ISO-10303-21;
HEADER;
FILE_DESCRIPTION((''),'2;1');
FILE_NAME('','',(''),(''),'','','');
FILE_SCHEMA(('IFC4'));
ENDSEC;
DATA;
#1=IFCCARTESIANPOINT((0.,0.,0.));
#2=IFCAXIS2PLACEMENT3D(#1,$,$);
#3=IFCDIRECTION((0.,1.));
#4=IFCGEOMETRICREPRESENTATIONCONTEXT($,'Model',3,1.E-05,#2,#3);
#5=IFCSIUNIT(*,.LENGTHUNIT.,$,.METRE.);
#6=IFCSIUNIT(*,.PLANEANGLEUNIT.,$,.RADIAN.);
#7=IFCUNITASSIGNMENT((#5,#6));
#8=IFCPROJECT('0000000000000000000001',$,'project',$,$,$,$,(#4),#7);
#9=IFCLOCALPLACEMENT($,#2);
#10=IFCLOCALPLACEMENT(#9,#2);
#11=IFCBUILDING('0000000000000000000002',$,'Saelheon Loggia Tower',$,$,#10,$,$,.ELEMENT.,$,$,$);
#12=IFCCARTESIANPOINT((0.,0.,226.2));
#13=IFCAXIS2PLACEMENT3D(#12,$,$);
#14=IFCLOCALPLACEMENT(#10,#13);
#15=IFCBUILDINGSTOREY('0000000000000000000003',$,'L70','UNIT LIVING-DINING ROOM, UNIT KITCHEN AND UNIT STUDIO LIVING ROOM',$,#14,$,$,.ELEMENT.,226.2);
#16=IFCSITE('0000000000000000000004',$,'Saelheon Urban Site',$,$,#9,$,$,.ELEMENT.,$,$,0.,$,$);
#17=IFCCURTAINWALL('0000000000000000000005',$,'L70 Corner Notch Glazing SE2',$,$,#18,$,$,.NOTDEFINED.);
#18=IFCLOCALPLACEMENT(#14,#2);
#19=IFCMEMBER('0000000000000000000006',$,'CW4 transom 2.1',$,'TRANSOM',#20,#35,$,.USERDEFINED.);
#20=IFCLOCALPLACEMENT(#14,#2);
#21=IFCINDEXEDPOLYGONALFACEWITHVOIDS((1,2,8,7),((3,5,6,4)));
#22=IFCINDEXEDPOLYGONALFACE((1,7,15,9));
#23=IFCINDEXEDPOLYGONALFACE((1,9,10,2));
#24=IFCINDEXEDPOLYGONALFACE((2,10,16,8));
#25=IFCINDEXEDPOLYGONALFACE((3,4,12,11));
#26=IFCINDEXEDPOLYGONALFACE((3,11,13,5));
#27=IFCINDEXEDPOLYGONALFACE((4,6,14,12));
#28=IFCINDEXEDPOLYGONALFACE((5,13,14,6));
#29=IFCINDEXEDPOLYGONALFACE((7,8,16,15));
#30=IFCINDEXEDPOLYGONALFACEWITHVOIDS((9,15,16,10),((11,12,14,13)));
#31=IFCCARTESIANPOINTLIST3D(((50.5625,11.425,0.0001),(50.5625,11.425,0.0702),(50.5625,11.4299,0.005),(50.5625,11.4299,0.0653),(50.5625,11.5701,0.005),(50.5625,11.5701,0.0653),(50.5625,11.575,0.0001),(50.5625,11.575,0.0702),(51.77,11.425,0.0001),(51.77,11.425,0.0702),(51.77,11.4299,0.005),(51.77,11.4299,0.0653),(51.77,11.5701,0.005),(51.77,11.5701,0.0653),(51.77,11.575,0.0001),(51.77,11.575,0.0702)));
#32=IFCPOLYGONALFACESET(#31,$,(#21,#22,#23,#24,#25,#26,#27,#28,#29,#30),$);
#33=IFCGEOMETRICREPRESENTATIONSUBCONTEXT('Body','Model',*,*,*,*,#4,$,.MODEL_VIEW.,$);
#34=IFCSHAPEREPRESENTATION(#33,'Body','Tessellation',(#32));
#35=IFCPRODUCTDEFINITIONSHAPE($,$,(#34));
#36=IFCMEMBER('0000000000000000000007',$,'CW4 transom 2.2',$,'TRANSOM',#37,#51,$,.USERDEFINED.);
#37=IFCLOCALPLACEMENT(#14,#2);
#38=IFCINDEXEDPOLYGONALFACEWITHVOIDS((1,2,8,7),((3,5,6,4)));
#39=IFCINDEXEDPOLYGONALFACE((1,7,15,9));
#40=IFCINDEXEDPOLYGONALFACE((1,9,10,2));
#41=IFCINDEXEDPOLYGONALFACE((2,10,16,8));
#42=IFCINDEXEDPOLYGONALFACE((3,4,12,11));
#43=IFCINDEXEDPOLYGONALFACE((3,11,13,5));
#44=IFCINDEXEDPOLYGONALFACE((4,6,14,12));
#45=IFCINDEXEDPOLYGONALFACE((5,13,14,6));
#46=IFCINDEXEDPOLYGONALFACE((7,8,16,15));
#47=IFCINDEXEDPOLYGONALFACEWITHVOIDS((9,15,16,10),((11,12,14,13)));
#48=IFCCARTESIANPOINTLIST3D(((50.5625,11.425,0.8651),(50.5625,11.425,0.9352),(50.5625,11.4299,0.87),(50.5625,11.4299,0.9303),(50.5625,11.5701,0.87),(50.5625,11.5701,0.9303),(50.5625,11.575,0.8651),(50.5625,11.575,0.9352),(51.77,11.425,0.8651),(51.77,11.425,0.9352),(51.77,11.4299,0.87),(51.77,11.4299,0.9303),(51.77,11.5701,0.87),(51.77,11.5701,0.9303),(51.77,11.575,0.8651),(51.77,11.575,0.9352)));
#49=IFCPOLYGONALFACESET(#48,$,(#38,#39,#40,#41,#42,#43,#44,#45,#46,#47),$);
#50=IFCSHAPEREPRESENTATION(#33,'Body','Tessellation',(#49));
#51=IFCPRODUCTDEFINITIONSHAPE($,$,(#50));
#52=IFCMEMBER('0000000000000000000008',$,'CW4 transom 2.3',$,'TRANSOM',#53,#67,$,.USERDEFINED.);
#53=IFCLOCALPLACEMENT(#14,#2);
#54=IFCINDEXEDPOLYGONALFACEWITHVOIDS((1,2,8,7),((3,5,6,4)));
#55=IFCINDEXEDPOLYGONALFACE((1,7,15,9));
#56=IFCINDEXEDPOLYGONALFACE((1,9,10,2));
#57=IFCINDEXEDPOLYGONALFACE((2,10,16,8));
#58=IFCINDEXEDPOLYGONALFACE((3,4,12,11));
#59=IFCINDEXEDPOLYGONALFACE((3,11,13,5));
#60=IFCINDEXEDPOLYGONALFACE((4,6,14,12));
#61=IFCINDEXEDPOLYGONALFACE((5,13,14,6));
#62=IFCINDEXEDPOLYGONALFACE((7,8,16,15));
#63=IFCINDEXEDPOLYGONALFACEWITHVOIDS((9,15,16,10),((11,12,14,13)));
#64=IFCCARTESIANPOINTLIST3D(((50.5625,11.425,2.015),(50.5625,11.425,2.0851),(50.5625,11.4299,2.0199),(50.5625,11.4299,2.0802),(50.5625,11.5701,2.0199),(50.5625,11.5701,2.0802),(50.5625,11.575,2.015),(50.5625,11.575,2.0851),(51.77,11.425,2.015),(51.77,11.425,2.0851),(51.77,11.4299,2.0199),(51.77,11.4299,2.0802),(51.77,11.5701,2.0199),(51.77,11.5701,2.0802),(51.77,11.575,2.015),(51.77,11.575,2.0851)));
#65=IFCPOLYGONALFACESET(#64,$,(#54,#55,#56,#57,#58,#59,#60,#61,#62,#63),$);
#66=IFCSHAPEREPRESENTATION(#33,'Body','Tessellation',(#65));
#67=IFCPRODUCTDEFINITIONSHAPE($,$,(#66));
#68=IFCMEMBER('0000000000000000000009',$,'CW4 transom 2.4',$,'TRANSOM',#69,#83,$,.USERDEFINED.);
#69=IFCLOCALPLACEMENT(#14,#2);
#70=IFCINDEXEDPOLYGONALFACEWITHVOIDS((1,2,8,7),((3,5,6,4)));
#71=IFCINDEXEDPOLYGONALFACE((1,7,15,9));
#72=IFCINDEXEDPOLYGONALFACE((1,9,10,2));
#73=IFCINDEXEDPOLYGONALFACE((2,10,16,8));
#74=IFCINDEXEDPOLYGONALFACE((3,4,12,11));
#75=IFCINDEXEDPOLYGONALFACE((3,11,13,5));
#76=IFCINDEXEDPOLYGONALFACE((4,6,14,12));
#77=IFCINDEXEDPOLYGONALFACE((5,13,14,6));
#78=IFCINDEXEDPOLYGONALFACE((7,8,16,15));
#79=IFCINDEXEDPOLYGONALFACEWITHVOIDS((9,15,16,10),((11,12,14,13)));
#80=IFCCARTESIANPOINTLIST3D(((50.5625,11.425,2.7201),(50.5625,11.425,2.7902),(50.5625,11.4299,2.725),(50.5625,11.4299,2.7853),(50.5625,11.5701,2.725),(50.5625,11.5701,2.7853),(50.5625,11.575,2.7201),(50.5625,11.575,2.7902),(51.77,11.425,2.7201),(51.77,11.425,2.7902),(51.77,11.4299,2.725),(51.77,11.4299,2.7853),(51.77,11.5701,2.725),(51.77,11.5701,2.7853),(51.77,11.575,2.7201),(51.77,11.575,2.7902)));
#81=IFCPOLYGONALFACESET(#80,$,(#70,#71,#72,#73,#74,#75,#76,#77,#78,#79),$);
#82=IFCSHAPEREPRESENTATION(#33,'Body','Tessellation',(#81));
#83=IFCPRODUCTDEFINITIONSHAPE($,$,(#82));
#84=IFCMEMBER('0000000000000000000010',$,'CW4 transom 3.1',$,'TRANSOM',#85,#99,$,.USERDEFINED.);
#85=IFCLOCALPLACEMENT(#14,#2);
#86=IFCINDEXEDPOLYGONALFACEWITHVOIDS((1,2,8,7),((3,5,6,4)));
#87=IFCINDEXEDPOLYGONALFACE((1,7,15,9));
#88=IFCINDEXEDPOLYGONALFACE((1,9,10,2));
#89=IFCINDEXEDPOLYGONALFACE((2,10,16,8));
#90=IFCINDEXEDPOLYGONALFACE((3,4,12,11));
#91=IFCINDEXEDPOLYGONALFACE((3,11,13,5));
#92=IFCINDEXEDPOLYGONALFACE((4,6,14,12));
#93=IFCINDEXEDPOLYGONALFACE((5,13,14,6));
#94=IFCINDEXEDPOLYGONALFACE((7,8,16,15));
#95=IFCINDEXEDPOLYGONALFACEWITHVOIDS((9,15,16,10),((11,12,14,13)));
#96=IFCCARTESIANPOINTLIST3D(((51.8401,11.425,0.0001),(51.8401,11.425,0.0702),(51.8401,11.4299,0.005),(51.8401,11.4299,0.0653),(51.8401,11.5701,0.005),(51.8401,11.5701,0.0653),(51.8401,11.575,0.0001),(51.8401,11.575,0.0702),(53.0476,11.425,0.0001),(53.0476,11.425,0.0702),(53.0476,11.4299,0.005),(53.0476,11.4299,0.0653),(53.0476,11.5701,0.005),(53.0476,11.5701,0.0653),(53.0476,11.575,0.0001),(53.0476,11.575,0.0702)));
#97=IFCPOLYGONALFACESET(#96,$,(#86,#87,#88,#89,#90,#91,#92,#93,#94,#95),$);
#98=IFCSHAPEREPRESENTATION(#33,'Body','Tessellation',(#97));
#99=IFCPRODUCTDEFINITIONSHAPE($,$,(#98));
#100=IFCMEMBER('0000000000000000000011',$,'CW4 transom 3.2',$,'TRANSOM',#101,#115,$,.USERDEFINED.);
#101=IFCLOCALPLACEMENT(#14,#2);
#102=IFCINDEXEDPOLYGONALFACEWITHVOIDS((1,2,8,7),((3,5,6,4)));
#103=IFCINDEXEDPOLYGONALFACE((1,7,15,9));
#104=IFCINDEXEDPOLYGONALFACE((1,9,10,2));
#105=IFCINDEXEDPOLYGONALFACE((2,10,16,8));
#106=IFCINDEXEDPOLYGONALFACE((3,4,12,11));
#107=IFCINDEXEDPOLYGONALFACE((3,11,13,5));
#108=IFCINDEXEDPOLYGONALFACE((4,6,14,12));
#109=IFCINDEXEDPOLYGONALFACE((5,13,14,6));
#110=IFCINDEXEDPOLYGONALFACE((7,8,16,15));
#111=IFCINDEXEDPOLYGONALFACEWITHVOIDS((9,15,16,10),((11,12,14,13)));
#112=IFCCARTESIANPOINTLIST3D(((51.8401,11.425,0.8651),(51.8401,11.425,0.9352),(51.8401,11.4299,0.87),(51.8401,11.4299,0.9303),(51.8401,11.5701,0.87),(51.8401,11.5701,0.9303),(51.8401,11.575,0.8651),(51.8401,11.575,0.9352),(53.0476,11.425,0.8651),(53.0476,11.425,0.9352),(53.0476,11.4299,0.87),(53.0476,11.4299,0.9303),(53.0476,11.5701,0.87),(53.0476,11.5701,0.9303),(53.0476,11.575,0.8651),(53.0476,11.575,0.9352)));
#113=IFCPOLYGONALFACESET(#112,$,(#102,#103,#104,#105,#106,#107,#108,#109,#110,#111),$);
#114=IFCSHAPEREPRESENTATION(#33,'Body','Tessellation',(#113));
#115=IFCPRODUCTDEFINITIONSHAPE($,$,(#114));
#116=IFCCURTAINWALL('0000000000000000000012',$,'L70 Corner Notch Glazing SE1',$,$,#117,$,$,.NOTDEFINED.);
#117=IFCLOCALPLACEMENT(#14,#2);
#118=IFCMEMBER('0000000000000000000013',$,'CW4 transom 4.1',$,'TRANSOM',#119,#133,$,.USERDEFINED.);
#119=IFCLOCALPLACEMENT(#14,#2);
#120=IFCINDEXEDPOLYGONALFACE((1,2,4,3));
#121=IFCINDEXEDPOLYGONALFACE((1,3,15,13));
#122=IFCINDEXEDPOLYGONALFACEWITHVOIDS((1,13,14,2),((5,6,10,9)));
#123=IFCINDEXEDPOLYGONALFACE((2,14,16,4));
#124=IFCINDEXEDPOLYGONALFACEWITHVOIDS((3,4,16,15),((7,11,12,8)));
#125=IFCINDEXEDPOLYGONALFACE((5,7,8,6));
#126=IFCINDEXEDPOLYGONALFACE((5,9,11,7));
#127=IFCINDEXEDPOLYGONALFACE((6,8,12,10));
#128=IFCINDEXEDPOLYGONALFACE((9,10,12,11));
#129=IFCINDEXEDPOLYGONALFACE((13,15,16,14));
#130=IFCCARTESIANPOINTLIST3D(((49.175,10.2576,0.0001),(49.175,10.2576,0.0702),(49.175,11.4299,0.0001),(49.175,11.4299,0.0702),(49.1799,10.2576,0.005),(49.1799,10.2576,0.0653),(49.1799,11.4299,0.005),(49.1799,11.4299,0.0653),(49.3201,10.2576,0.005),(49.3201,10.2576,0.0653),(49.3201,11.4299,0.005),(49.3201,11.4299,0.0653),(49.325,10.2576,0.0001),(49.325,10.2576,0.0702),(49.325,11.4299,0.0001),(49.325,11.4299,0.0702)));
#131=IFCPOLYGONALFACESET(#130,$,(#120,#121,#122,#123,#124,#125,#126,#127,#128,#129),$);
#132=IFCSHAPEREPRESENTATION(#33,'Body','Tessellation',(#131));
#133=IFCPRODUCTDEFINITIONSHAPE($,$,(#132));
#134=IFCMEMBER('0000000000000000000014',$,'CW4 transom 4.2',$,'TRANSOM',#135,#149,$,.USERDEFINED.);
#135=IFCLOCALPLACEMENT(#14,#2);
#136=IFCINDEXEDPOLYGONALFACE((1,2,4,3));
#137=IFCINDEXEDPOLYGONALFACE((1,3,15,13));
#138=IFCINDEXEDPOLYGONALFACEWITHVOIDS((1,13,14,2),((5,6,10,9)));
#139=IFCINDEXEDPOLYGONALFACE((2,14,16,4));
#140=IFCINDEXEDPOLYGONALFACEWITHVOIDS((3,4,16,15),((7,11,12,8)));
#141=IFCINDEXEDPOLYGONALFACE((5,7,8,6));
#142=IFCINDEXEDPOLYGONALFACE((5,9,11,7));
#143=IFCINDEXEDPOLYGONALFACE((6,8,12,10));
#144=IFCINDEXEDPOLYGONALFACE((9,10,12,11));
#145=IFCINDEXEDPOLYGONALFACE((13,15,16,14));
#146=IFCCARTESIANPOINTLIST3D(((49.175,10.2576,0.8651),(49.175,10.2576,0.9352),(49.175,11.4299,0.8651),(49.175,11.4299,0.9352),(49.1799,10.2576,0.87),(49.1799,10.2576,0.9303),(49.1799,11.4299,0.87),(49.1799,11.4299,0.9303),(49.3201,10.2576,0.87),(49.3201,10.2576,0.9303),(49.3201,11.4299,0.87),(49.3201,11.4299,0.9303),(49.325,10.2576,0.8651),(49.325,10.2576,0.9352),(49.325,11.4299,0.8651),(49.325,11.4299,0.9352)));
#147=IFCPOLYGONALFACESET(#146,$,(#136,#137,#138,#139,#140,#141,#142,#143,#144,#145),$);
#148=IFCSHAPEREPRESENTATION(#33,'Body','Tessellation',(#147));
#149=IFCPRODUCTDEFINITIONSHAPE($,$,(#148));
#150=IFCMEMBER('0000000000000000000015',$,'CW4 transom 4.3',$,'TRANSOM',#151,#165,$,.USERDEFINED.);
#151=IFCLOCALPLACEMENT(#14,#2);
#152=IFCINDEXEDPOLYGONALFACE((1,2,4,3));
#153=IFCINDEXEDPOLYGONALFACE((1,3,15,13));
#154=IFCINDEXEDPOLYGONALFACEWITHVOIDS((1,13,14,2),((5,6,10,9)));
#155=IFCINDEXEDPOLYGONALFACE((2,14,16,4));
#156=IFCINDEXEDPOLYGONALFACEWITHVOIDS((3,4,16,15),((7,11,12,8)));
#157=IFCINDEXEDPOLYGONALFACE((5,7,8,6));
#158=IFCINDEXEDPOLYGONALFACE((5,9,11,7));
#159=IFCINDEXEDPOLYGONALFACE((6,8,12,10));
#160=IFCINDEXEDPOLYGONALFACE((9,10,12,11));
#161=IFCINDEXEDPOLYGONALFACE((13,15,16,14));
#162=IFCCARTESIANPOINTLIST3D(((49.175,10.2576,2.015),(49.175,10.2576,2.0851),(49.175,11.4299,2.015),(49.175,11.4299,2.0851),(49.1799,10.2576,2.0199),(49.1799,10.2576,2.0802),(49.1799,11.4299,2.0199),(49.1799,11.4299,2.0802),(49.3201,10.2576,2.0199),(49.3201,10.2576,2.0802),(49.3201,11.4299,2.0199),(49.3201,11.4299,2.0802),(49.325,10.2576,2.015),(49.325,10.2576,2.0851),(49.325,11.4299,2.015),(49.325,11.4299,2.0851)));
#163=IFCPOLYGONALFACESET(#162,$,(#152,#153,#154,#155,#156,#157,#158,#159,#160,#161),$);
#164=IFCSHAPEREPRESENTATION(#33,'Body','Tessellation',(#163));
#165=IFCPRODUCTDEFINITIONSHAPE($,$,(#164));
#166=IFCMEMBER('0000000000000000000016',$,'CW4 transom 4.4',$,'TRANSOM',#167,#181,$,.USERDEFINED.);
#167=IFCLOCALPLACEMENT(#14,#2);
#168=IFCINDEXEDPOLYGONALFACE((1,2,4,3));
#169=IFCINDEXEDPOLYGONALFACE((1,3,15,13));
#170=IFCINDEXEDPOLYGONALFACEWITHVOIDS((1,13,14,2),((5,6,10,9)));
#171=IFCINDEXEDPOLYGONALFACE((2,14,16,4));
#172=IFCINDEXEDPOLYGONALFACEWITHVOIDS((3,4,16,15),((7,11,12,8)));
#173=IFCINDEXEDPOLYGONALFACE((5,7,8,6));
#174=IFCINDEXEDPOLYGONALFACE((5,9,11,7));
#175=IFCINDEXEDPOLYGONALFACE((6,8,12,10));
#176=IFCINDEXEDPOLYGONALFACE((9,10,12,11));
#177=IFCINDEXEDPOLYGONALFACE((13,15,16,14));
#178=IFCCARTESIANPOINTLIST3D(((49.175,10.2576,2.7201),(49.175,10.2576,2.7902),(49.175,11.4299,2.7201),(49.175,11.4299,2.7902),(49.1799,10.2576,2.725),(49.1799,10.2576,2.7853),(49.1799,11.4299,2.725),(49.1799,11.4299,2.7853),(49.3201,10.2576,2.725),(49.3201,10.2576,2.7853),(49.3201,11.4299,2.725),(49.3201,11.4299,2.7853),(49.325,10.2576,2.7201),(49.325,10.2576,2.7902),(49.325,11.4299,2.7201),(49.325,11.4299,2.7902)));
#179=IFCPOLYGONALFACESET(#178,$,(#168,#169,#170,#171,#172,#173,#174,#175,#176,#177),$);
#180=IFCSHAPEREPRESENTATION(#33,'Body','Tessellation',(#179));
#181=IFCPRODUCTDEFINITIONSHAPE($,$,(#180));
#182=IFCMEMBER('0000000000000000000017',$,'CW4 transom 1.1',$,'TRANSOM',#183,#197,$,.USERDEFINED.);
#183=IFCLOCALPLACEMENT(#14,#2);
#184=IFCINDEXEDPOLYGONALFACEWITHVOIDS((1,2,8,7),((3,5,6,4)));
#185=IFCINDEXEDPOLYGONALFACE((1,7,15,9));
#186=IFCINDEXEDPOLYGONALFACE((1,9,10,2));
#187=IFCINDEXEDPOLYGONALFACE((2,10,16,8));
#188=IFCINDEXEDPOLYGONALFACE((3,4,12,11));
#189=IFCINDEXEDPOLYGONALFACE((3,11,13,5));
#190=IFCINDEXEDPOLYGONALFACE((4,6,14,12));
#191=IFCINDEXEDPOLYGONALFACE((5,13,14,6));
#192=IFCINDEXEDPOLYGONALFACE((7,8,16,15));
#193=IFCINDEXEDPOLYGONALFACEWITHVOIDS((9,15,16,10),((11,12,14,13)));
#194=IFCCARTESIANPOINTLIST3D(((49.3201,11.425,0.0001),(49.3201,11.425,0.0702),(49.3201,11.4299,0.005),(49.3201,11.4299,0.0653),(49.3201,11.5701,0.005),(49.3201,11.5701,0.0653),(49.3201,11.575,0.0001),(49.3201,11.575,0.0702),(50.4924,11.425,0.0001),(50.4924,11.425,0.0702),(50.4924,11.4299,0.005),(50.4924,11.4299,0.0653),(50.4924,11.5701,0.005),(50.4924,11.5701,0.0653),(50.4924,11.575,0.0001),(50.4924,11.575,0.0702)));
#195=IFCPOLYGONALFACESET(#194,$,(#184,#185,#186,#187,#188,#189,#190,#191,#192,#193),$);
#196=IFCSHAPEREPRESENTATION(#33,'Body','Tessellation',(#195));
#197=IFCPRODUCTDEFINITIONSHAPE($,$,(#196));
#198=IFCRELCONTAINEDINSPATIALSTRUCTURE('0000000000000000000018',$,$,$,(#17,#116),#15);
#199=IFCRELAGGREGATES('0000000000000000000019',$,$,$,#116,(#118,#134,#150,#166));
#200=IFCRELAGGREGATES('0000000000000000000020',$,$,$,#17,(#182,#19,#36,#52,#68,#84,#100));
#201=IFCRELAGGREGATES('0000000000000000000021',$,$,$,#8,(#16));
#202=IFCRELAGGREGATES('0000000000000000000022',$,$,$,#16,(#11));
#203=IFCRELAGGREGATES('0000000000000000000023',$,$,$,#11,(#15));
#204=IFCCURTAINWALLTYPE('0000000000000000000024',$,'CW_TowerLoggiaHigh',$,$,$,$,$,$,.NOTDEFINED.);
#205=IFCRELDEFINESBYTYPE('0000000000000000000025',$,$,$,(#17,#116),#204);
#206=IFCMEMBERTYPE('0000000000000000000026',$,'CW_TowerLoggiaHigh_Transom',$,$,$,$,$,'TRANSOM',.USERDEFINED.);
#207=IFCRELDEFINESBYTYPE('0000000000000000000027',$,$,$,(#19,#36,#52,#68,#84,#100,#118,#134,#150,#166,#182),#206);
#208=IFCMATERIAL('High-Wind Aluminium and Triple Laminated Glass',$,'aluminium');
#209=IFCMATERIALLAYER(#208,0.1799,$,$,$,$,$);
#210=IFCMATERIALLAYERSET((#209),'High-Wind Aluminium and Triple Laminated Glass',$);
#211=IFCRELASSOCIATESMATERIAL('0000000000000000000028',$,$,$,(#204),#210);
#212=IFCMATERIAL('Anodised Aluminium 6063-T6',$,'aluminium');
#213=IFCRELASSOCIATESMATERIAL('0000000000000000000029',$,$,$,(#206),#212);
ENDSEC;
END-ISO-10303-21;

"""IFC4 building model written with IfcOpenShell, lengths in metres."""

from ifc_helpers import new_model, si_unit, direction, frame, origin, origin_2d, place, context, subcontext, project, spatial, hollow_rectangle, extrude, source, transform, mapped, material, layer, layer_set, material_profile, profile_set, type_object, element, aggregate, save


model = new_model("IFC4")

# Units and contexts
model_context = context("Model", 3, precision=1e-05, world=origin(), true_north=direction((0.0, 1.0)))
body_context = subcontext(model_context, "Body", "Model", "MODEL_VIEW")
ifc_project = project(units=[si_unit("LENGTHUNIT", "METRE"), si_unit("PLANEANGLEUNIT", "RADIAN")], contexts=[model_context])

# Site, building, storey
site_placement = place(None, origin())
site = spatial("IfcSite", under=ifc_project, at=site_placement, Name="Saelheon Urban Site", CompositionType="ELEMENT", RefElevation=0.0)
building_placement = place(site_placement, origin())
building = spatial("IfcBuilding", under=site, at=building_placement, Name="Saelheon Loggia Tower", CompositionType="ELEMENT")
storey_placement = place(building_placement, frame((0.0, 0.0, 226.2)))
storey = spatial("IfcBuildingStorey", under=building, at=storey_placement, Name="L70", Description="UNIT LIVING-DINING ROOM, UNIT KITCHEN AND UNIT STUDIO LIVING ROOM", CompositionType="ELEMENT", Elevation=226.2)

# Curtain walls, members
ifc_material_1 = material(Name="High-Wind Aluminium and Triple Laminated Glass", Category="aluminium")
ifc_layer_1 = layer(ifc_material_1, 0.1799)
ifc_layer_set_1 = layer_set([ifc_layer_1], Name="High-Wind Aluminium and Triple Laminated Glass")
curtain_wall_type = type_object("IfcCurtainWallType", Name="CW_TowerLoggiaHigh", PredefinedType="NOTDEFINED", material=ifc_layer_set_1)
curtain_wall_1_placement = place(storey_placement, origin())
curtain_wall_1 = element("IfcCurtainWall", 1, at=curtain_wall_1_placement, inside=storey, type_object=curtain_wall_type, Name="L70 Corner Notch Glazing SE2", PredefinedType="NOTDEFINED")
ifc_material_2 = material(Name="Anodised Aluminium 6063-T6", Category="aluminium")
ifc_material_profile_1 = material_profile(ifc_material_2, hollow_rectangle(XDim=0.0701, YDim=0.1499, WallThickness=0.0049, at=origin_2d()), Name="RHS-150x70x5")
ifc_profile_set_1 = profile_set([ifc_material_profile_1], Name="Anodised Aluminium 6063-T6")
member_type_1 = type_object("IfcMemberType", Name="CW_TowerLoggiaHigh_Transom", ElementType="TRANSOM", PredefinedType="USERDEFINED", material=ifc_profile_set_1)
shared_shape_1 = source(origin(), body_context, "Body", "SweptSolid", [
    extrude(hollow_rectangle(XDim=0.0701, YDim=0.1499, WallThickness=0.0049, at=origin_2d()), origin(), (0.0, 0.0, 1.0), 1.2075),
])
member_1_placement = place(storey_placement, frame((50.5625, 11.5, 0.0352), z_axis=(1.0, 0.0, 0.0), x_axis=(0.0, 0.0, 1.0)))
member_1 = element("IfcMember", 2, at=member_1_placement, type_object=member_type_1, Name="CW4 transom 2.1", ObjectType="TRANSOM", PredefinedType="USERDEFINED", context=body_context, shape_type="MappedRepresentation", body=[
    mapped(shared_shape_1, transform((0.0, 0.0, 0.0), scale=1.0)),
])
member_2_placement = place(storey_placement, frame((50.5625, 11.5, 0.9001), z_axis=(1.0, 0.0, 0.0), x_axis=(0.0, 0.0, 1.0)))
member_2 = element("IfcMember", 3, at=member_2_placement, type_object=member_type_1, Name="CW4 transom 2.2", ObjectType="TRANSOM", PredefinedType="USERDEFINED", context=body_context, shape_type="MappedRepresentation", body=[
    mapped(shared_shape_1, transform((0.0, 0.0, 0.0), scale=1.0)),
])
member_3_placement = place(storey_placement, frame((50.5625, 11.5, 2.05), z_axis=(1.0, 0.0, 0.0), x_axis=(0.0, 0.0, 1.0)))
member_3 = element("IfcMember", 4, at=member_3_placement, type_object=member_type_1, Name="CW4 transom 2.3", ObjectType="TRANSOM", PredefinedType="USERDEFINED", context=body_context, shape_type="MappedRepresentation", body=[
    mapped(shared_shape_1, transform((0.0, 0.0, 0.0), scale=1.0)),
])
member_4_placement = place(storey_placement, frame((50.5625, 11.5, 2.7551), z_axis=(1.0, 0.0, 0.0), x_axis=(0.0, 0.0, 1.0)))
member_4 = element("IfcMember", 5, at=member_4_placement, type_object=member_type_1, Name="CW4 transom 2.4", ObjectType="TRANSOM", PredefinedType="USERDEFINED", context=body_context, shape_type="MappedRepresentation", body=[
    mapped(shared_shape_1, transform((0.0, 0.0, 0.0), scale=1.0)),
])
member_5_placement = place(storey_placement, frame((51.8401, 11.5, 0.0352), z_axis=(1.0, 0.0, 0.0), x_axis=(0.0, 0.0, 1.0)))
member_5 = element("IfcMember", 6, at=member_5_placement, type_object=member_type_1, Name="CW4 transom 3.1", ObjectType="TRANSOM", PredefinedType="USERDEFINED", context=body_context, shape_type="MappedRepresentation", body=[
    mapped(shared_shape_1, transform((0.0, 0.0, 0.0), scale=1.0)),
])
member_6_placement = place(storey_placement, frame((51.8401, 11.5, 0.9001), z_axis=(1.0, 0.0, 0.0), x_axis=(0.0, 0.0, 1.0)))
member_6 = element("IfcMember", 7, at=member_6_placement, type_object=member_type_1, Name="CW4 transom 3.2", ObjectType="TRANSOM", PredefinedType="USERDEFINED", context=body_context, shape_type="MappedRepresentation", body=[
    mapped(shared_shape_1, transform((0.0, 0.0, 0.0), scale=1.0)),
])
curtain_wall_2_placement = place(storey_placement, origin())
curtain_wall_2 = element("IfcCurtainWall", 8, at=curtain_wall_2_placement, inside=storey, type_object=curtain_wall_type, Name="L70 Corner Notch Glazing SE1", PredefinedType="NOTDEFINED")
shared_shape_2 = source(origin(), body_context, "Body", "SweptSolid", [
    extrude(hollow_rectangle(XDim=0.0701, YDim=0.1499, WallThickness=0.0049, at=origin_2d()), origin(), (0.0, 0.0, 1.0), 1.1724),
])
member_7_placement = place(storey_placement, frame((49.25, 10.2576, 0.0352), z_axis=(0.0, 1.0, 0.0), x_axis=(0.0, 0.0, 1.0)))
member_7 = element("IfcMember", 9, at=member_7_placement, type_object=member_type_1, Name="CW4 transom 4.1", ObjectType="TRANSOM", PredefinedType="USERDEFINED", context=body_context, shape_type="MappedRepresentation", body=[
    mapped(shared_shape_2, transform((0.0, 0.0, 0.0), scale=1.0)),
])
member_8_placement = place(storey_placement, frame((49.25, 10.2576, 0.9001), z_axis=(0.0, 1.0, 0.0), x_axis=(0.0, 0.0, 1.0)))
member_8 = element("IfcMember", 10, at=member_8_placement, type_object=member_type_1, Name="CW4 transom 4.2", ObjectType="TRANSOM", PredefinedType="USERDEFINED", context=body_context, shape_type="MappedRepresentation", body=[
    mapped(shared_shape_2, transform((0.0, 0.0, 0.0), scale=1.0)),
])
member_9_placement = place(storey_placement, frame((49.25, 10.2576, 2.05), z_axis=(0.0, 1.0, 0.0), x_axis=(0.0, 0.0, 1.0)))
member_9 = element("IfcMember", 11, at=member_9_placement, type_object=member_type_1, Name="CW4 transom 4.3", ObjectType="TRANSOM", PredefinedType="USERDEFINED", context=body_context, shape_type="MappedRepresentation", body=[
    mapped(shared_shape_2, transform((0.0, 0.0, 0.0), scale=1.0)),
])
member_10_placement = place(storey_placement, frame((49.25, 10.2576, 2.7551), z_axis=(0.0, 1.0, 0.0), x_axis=(0.0, 0.0, 1.0)))
member_10 = element("IfcMember", 12, at=member_10_placement, type_object=member_type_1, Name="CW4 transom 4.4", ObjectType="TRANSOM", PredefinedType="USERDEFINED", context=body_context, shape_type="MappedRepresentation", body=[
    mapped(shared_shape_2, transform((0.0, 0.0, 0.0), scale=1.0)),
])

# Member
member_11_placement = place(storey_placement, frame((49.3201, 11.5, 0.0352), z_axis=(1.0, 0.0, 0.0), x_axis=(0.0, 0.0, 1.0)))
member_11 = element("IfcMember", 13, at=member_11_placement, type_object=member_type_1, Name="CW4 transom 1.1", ObjectType="TRANSOM", PredefinedType="USERDEFINED", context=body_context, shape_type="MappedRepresentation", body=[
    mapped(shared_shape_2, transform((0.0, 0.0, 0.0), scale=1.0)),
])

aggregate(curtain_wall_2, [member_7, member_8, member_9, member_10])
aggregate(curtain_wall_1, [member_11, member_1, member_2, member_3, member_4, member_5, member_6])

save(model, "model.ifc")
